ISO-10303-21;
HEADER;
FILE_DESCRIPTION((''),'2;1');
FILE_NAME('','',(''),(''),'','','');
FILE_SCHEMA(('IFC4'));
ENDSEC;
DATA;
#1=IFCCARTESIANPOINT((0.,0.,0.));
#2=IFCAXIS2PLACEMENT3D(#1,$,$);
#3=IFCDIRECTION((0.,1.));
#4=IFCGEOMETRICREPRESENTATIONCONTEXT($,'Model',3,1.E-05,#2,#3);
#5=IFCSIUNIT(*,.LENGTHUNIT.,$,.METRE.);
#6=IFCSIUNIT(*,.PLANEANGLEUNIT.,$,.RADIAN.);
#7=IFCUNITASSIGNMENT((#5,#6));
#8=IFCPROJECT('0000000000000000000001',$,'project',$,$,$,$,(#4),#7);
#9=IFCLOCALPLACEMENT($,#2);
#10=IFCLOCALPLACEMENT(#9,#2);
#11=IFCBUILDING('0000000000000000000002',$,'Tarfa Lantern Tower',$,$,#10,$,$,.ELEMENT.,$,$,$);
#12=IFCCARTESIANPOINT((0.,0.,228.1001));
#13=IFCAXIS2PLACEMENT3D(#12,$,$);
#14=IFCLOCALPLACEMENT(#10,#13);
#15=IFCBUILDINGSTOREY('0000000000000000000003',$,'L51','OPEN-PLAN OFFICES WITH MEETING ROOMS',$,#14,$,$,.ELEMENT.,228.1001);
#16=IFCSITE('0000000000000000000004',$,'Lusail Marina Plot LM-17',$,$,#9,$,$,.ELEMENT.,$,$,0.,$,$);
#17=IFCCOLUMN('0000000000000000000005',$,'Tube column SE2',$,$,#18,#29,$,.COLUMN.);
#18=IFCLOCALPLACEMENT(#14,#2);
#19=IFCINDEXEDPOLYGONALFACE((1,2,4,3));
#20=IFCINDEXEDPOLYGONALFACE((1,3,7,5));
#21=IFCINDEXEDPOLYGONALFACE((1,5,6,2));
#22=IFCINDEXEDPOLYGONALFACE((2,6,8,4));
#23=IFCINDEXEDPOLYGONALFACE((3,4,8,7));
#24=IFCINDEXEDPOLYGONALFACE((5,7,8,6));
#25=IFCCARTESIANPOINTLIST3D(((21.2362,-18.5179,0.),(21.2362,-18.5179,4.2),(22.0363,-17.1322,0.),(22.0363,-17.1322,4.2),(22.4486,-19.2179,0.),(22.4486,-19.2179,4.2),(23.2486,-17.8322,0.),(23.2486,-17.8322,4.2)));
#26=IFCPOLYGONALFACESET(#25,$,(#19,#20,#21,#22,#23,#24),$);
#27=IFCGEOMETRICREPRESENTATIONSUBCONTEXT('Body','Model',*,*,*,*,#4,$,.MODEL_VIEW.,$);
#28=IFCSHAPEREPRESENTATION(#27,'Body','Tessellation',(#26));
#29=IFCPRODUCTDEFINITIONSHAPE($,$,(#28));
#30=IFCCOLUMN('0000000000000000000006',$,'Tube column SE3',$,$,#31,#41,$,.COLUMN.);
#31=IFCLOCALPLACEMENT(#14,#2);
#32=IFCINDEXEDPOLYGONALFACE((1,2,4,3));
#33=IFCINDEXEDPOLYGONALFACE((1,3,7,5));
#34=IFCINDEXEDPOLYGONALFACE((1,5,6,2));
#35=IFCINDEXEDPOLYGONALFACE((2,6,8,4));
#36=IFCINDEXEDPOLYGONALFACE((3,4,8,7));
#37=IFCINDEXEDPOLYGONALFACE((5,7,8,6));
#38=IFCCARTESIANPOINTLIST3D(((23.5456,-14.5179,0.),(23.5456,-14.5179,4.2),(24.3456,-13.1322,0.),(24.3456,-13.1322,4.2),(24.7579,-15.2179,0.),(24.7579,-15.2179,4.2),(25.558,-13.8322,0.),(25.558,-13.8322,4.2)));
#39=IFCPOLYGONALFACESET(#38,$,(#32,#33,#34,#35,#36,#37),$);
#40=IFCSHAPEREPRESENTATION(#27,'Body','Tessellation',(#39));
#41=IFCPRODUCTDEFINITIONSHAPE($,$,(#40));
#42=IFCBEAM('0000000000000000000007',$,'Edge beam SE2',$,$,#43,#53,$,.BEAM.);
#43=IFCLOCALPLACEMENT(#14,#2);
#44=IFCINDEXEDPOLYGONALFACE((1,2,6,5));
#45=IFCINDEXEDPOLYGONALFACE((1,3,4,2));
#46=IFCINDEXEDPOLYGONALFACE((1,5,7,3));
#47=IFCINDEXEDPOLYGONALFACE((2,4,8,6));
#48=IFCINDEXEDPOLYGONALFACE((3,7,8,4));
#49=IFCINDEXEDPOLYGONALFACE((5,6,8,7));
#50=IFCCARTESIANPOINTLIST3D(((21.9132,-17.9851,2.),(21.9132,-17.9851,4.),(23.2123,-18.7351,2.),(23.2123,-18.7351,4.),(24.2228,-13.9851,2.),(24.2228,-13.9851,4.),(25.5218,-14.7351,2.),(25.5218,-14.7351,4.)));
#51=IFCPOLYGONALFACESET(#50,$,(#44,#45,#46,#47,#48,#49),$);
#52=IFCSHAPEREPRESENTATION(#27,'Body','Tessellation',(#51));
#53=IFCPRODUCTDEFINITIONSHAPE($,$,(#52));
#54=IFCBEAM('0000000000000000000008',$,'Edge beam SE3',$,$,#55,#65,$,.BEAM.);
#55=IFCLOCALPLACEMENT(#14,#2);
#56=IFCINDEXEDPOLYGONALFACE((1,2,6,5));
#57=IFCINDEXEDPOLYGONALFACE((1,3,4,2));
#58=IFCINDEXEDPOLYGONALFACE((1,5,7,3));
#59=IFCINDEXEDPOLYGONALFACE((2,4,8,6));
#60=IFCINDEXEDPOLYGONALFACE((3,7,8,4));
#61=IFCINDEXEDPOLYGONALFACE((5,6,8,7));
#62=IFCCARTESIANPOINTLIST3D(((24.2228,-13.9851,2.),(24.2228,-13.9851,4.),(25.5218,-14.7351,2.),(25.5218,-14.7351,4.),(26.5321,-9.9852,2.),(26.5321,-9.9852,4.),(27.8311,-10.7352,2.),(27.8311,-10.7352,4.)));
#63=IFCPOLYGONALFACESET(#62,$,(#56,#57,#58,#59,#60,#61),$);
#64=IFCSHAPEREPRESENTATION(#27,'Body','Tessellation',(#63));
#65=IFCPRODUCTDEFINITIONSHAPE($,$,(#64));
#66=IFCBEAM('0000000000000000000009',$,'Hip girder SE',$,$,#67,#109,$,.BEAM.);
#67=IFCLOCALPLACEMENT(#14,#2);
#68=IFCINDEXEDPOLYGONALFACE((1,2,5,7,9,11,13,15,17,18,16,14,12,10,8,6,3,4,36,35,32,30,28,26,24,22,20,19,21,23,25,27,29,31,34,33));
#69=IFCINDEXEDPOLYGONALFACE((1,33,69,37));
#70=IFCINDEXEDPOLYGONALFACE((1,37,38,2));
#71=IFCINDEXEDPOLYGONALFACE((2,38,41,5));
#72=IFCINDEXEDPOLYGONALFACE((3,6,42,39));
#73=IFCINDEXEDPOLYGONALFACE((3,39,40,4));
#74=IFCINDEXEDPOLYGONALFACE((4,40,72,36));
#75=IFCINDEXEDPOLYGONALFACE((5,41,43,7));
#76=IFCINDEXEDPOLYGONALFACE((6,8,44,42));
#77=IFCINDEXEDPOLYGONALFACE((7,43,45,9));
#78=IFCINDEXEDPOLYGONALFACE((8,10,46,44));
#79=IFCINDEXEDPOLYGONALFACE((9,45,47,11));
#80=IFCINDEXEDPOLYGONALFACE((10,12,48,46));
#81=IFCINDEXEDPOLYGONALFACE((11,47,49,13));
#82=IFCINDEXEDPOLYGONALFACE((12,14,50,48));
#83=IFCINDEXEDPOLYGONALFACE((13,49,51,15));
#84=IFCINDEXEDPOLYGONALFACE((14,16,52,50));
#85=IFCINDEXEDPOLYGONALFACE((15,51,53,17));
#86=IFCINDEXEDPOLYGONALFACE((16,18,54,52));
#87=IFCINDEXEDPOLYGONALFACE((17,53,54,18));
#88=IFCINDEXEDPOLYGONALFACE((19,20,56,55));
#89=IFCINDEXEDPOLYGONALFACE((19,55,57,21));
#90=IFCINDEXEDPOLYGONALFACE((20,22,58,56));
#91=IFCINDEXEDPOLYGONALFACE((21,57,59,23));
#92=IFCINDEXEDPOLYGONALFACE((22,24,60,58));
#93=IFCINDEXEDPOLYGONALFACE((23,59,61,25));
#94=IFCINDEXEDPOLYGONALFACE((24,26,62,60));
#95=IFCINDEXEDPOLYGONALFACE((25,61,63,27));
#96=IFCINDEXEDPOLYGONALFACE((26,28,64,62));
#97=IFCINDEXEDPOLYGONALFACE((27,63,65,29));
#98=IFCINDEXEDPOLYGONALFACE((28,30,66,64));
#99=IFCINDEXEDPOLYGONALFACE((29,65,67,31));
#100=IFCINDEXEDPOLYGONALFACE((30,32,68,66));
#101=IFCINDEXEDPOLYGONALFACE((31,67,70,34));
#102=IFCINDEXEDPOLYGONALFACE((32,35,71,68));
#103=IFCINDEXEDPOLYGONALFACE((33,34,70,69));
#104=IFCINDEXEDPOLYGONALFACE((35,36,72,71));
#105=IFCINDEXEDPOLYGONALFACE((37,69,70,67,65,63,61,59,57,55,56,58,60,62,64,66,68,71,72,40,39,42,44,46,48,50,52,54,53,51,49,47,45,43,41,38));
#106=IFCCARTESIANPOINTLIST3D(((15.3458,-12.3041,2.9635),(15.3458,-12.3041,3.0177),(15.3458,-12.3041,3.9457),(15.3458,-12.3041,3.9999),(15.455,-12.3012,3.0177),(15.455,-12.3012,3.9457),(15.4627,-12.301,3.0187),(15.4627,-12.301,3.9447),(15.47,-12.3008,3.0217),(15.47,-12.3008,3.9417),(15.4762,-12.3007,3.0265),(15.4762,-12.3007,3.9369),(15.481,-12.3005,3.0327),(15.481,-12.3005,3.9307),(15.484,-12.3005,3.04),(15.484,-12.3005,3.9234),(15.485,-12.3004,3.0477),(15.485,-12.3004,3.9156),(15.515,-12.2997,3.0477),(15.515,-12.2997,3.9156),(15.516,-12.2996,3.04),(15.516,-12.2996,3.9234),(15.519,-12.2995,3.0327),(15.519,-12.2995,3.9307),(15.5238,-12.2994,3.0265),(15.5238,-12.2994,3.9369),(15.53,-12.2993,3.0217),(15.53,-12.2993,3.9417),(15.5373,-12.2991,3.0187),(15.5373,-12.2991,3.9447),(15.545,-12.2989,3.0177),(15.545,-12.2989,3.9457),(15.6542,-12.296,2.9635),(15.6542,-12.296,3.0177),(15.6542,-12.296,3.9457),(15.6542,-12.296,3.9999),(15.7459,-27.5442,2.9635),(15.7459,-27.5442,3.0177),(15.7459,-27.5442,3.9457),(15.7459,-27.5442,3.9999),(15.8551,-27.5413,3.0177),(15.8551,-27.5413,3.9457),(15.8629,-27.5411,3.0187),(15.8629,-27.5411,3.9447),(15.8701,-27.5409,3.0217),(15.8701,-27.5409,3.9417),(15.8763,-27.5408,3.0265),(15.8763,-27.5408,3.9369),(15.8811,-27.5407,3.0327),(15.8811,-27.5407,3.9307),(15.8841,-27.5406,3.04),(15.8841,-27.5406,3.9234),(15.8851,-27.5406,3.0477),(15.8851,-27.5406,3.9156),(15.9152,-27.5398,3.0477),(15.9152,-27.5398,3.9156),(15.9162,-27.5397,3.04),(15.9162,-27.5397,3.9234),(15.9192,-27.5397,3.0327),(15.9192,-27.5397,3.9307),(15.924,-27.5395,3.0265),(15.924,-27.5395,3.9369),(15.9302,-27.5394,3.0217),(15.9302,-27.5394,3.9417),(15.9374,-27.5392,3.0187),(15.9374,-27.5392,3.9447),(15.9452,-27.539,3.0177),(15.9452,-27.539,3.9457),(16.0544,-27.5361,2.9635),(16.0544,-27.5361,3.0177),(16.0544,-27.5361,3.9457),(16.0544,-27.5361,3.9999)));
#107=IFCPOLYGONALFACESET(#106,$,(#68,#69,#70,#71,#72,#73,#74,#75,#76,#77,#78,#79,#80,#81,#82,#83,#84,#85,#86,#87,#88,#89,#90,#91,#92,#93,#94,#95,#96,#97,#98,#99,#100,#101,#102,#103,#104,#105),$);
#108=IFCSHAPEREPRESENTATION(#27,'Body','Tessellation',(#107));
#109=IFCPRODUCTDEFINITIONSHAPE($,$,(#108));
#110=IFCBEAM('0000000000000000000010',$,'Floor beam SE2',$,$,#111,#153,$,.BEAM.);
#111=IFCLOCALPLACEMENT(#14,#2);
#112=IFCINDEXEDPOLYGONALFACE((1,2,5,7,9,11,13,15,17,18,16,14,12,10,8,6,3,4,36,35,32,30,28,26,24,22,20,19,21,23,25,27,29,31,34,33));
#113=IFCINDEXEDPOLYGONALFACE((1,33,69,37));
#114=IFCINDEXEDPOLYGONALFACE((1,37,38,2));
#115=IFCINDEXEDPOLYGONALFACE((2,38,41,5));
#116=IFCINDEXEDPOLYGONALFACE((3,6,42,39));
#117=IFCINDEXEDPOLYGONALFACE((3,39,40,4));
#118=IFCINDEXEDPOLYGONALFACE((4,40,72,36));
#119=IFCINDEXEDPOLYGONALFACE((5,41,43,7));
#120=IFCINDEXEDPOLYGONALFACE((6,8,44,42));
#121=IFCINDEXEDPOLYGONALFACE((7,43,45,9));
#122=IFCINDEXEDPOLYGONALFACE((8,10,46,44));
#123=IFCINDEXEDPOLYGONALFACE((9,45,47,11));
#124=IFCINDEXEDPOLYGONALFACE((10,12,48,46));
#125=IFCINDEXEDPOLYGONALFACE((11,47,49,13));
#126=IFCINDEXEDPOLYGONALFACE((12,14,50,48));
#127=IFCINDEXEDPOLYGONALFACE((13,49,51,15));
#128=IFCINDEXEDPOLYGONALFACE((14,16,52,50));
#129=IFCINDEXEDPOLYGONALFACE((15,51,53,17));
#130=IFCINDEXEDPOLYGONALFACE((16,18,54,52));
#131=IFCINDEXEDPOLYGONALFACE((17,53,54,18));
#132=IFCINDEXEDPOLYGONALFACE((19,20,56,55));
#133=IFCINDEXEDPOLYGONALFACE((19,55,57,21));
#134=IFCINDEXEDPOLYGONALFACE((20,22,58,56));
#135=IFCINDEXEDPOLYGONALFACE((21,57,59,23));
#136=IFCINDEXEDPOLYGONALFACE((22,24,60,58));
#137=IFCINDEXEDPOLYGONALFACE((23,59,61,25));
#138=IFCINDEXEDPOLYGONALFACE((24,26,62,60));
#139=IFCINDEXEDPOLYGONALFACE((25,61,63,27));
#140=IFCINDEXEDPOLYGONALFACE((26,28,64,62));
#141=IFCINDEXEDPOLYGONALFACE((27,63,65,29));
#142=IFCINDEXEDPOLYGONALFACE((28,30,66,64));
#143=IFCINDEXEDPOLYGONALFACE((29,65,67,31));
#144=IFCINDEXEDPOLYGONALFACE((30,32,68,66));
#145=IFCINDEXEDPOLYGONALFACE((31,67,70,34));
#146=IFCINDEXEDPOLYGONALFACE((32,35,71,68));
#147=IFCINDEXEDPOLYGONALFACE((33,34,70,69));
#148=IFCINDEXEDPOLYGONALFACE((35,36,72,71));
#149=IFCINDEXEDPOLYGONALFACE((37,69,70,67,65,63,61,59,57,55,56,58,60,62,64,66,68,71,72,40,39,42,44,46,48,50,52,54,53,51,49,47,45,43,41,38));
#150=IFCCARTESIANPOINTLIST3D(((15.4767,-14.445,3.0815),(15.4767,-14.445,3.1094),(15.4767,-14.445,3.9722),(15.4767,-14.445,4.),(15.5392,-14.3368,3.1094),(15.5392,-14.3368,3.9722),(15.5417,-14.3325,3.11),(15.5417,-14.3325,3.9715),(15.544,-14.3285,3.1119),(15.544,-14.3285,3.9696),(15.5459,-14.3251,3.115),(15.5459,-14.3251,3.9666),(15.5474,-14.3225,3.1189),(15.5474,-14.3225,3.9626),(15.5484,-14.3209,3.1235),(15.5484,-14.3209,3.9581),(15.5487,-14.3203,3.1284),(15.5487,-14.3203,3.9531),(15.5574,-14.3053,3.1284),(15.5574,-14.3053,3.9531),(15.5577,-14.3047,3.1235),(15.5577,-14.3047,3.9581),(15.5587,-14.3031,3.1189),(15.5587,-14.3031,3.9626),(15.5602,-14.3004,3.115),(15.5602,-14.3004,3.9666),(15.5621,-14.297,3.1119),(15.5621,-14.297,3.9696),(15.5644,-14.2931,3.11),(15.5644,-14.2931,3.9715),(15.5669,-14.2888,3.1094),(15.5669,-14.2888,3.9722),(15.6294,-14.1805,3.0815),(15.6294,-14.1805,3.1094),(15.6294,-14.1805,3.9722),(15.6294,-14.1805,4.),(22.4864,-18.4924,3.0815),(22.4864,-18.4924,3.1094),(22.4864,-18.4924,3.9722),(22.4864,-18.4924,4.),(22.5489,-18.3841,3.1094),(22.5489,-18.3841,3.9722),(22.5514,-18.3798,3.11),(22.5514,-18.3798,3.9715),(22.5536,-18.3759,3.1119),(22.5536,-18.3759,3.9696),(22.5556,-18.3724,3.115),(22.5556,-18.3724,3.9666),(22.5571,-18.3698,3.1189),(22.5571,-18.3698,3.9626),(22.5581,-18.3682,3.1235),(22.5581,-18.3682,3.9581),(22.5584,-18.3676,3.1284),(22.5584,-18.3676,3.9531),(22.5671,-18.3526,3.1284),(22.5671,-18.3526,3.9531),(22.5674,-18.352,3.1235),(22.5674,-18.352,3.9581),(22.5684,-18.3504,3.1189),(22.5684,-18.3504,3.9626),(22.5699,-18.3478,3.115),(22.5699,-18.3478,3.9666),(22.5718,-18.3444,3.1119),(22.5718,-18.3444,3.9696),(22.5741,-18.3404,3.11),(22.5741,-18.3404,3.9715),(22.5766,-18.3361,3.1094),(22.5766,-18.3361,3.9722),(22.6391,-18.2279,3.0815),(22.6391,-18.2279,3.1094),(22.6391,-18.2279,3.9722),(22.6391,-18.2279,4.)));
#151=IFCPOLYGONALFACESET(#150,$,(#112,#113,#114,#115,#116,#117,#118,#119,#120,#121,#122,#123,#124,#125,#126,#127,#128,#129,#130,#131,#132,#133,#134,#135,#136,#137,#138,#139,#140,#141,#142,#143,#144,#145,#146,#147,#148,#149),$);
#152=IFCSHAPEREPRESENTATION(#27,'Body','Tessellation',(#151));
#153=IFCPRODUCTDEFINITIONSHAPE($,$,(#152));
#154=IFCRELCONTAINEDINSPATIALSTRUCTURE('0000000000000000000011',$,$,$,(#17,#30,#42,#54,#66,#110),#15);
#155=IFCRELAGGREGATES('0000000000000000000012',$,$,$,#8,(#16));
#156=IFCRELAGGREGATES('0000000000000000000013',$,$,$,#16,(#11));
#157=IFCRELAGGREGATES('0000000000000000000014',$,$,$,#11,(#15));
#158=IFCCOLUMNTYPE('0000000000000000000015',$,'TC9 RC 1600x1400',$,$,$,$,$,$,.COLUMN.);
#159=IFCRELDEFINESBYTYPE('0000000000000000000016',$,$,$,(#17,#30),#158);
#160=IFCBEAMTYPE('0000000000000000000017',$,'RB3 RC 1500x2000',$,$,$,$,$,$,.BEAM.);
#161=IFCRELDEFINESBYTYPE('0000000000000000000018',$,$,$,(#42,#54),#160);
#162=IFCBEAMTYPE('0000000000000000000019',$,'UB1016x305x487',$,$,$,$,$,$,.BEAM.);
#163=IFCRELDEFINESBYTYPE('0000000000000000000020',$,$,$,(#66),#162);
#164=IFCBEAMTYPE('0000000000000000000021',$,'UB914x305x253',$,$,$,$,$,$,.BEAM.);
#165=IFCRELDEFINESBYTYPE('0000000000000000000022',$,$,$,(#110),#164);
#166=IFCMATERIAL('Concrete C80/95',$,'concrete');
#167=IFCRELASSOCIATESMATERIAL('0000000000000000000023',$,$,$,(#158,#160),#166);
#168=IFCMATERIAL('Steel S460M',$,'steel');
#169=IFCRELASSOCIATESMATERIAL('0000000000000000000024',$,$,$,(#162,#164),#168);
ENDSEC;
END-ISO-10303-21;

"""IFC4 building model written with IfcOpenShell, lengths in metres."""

from ifc_helpers import new_model, si_unit, direction, frame, origin, origin_2d, place, context, subcontext, project, spatial, rectangle, i_section, extrude, material, material_profile, profile_set, type_object, element, save


model = new_model("IFC4")

# Units and contexts
model_context = context("Model", 3, precision=1e-05, world=origin(), true_north=direction((0.0, 1.0)))
body_context = subcontext(model_context, "Body", "Model", "MODEL_VIEW")
ifc_project = project(units=[si_unit("LENGTHUNIT", "METRE"), si_unit("PLANEANGLEUNIT", "RADIAN")], contexts=[model_context])

# Site, building, storey
site_placement = place(None, origin())
site = spatial("IfcSite", under=ifc_project, at=site_placement, Name="Lusail Marina Plot LM-17", CompositionType="ELEMENT", RefElevation=0.0)
building_placement = place(site_placement, origin())
building = spatial("IfcBuilding", under=site, at=building_placement, Name="Tarfa Lantern Tower", CompositionType="ELEMENT")
storey_placement = place(building_placement, frame((0.0, 0.0, 228.1001)))
storey = spatial("IfcBuildingStorey", under=building, at=storey_placement, Name="L51", Description="OPEN-PLAN OFFICES WITH MEETING ROOMS", CompositionType="ELEMENT", Elevation=228.1001)

# Columns
ifc_material_1 = material(Name="Concrete C80/95", Category="concrete")
ifc_material_profile_1 = material_profile(ifc_material_1, rectangle(XDim=1.6001, YDim=1.3999, at=origin_2d()), Name="RC 1600x1400")
ifc_profile_set_1 = profile_set([ifc_material_profile_1], Name="Concrete C80/95")
column_type = type_object("IfcColumnType", Name="TC9 RC 1600x1400", PredefinedType="COLUMN", material=ifc_profile_set_1)
for number, where, z_axis, x_axis, name in (
    (1, (22.2424, -18.175, 0.0), (0.0, 0.0, 1.0), (0.5, 0.866025, 0.0), "Tube column SE2"),
    (2, (24.5518, -14.175, 0.0), (0.0, 0.0, 1.0), (0.5, 0.866025, 0.0), "Tube column SE3"),
):
    element("IfcColumn", number, at=place(storey_placement, frame(where, z_axis=z_axis, x_axis=x_axis)), inside=storey, type_object=column_type, Name=name, PredefinedType="COLUMN", context=body_context, shape_type="SweptSolid", body=[
        extrude(rectangle(XDim=1.6001, YDim=1.3999, at=origin_2d()), origin(), (0.0, 0.0, 1.0), 4.2),
    ])

# Beams
ifc_material_profile_2 = material_profile(ifc_material_1, rectangle(XDim=1.5, YDim=2.0, at=origin_2d()), Name="RC 1500x2000")
ifc_profile_set_2 = profile_set([ifc_material_profile_2], Name="Concrete C80/95")
beam_type_1 = type_object("IfcBeamType", Name="RB3 RC 1500x2000", PredefinedType="BEAM", material=ifc_profile_set_2)
beam_1_placement = place(storey_placement, frame((22.5627, -18.3601, 3.0), z_axis=(0.500027, 0.86601, 0.0), x_axis=(-0.86601, 0.500027, 0.0)))
element("IfcBeam", 3, at=beam_1_placement, inside=storey, type_object=beam_type_1, Name="Edge beam SE2", PredefinedType="BEAM", context=body_context, shape_type="SweptSolid", body=[
    extrude(rectangle(XDim=1.5, YDim=2.0, at=origin_2d()), origin(), (0.0, 0.0, 1.0), 4.6189),
])
beam_2_placement = place(storey_placement, frame((24.8723, -14.3601, 3.0), z_axis=(0.499988, 0.866032, 0.0), x_axis=(-0.866032, 0.499988, 0.0)))
element("IfcBeam", 4, at=beam_2_placement, inside=storey, type_object=beam_type_1, Name="Edge beam SE3", PredefinedType="BEAM", context=body_context, shape_type="SweptSolid", body=[
    extrude(rectangle(XDim=1.5, YDim=2.0, at=origin_2d()), origin(), (0.0, 0.0, 1.0), 4.6187),
])
ifc_material_2 = material(Name="Steel S460M", Category="steel")
ifc_material_profile_3 = material_profile(ifc_material_2, i_section(OverallWidth=0.3086, OverallDepth=1.0364, WebThickness=0.03, FlangeThickness=0.0542, FilletRadius=0.03, at=origin_2d()), Name="UB1016x305x487")
ifc_profile_set_3 = profile_set([ifc_material_profile_3], Name="Steel S460M")
beam_type_2 = type_object("IfcBeamType", Name="UB1016x305x487", PredefinedType="BEAM", material=ifc_profile_set_3)
beam_3_placement = place(storey_placement, frame((15.5, -12.3, 3.4817), z_axis=(0.026247, -0.999655, 0.0), x_axis=(0.999655, 0.026247, 0.0)))
element("IfcBeam", 5, at=beam_3_placement, inside=storey, type_object=beam_type_2, Name="Hip girder SE", PredefinedType="BEAM", context=body_context, shape_type="SweptSolid", body=[
    extrude(i_section(OverallWidth=0.3086, OverallDepth=1.0364, WebThickness=0.03, FlangeThickness=0.0542, FilletRadius=0.03, at=origin_2d()), origin(), (0.0, 0.0, 1.0), 15.2454),
])
ifc_material_profile_4 = material_profile(ifc_material_2, i_section(OverallWidth=0.3054, OverallDepth=0.9185, WebThickness=0.0173, FlangeThickness=0.0278, FilletRadius=0.019, at=origin_2d()), Name="UB914x305x253")
ifc_profile_set_4 = profile_set([ifc_material_profile_4], Name="Steel S460M")
beam_type_3 = type_object("IfcBeamType", Name="UB914x305x253", PredefinedType="BEAM", material=ifc_profile_set_4)
beam_4_placement = place(storey_placement, frame((22.5627, -18.3601, 3.5408), z_axis=(-0.866011, 0.500025, 0.0), x_axis=(-0.500025, -0.866011, 0.0)))
element("IfcBeam", 6, at=beam_4_placement, inside=storey, type_object=beam_type_3, Name="Floor beam SE2", PredefinedType="BEAM", context=body_context, shape_type="SweptSolid", body=[
    extrude(i_section(OverallWidth=0.3054, OverallDepth=0.9185, WebThickness=0.0173, FlangeThickness=0.0278, FilletRadius=0.019, at=origin_2d()), origin(), (0.0, 0.0, 1.0), 8.0942),
])

save(model, "model.ifc")
